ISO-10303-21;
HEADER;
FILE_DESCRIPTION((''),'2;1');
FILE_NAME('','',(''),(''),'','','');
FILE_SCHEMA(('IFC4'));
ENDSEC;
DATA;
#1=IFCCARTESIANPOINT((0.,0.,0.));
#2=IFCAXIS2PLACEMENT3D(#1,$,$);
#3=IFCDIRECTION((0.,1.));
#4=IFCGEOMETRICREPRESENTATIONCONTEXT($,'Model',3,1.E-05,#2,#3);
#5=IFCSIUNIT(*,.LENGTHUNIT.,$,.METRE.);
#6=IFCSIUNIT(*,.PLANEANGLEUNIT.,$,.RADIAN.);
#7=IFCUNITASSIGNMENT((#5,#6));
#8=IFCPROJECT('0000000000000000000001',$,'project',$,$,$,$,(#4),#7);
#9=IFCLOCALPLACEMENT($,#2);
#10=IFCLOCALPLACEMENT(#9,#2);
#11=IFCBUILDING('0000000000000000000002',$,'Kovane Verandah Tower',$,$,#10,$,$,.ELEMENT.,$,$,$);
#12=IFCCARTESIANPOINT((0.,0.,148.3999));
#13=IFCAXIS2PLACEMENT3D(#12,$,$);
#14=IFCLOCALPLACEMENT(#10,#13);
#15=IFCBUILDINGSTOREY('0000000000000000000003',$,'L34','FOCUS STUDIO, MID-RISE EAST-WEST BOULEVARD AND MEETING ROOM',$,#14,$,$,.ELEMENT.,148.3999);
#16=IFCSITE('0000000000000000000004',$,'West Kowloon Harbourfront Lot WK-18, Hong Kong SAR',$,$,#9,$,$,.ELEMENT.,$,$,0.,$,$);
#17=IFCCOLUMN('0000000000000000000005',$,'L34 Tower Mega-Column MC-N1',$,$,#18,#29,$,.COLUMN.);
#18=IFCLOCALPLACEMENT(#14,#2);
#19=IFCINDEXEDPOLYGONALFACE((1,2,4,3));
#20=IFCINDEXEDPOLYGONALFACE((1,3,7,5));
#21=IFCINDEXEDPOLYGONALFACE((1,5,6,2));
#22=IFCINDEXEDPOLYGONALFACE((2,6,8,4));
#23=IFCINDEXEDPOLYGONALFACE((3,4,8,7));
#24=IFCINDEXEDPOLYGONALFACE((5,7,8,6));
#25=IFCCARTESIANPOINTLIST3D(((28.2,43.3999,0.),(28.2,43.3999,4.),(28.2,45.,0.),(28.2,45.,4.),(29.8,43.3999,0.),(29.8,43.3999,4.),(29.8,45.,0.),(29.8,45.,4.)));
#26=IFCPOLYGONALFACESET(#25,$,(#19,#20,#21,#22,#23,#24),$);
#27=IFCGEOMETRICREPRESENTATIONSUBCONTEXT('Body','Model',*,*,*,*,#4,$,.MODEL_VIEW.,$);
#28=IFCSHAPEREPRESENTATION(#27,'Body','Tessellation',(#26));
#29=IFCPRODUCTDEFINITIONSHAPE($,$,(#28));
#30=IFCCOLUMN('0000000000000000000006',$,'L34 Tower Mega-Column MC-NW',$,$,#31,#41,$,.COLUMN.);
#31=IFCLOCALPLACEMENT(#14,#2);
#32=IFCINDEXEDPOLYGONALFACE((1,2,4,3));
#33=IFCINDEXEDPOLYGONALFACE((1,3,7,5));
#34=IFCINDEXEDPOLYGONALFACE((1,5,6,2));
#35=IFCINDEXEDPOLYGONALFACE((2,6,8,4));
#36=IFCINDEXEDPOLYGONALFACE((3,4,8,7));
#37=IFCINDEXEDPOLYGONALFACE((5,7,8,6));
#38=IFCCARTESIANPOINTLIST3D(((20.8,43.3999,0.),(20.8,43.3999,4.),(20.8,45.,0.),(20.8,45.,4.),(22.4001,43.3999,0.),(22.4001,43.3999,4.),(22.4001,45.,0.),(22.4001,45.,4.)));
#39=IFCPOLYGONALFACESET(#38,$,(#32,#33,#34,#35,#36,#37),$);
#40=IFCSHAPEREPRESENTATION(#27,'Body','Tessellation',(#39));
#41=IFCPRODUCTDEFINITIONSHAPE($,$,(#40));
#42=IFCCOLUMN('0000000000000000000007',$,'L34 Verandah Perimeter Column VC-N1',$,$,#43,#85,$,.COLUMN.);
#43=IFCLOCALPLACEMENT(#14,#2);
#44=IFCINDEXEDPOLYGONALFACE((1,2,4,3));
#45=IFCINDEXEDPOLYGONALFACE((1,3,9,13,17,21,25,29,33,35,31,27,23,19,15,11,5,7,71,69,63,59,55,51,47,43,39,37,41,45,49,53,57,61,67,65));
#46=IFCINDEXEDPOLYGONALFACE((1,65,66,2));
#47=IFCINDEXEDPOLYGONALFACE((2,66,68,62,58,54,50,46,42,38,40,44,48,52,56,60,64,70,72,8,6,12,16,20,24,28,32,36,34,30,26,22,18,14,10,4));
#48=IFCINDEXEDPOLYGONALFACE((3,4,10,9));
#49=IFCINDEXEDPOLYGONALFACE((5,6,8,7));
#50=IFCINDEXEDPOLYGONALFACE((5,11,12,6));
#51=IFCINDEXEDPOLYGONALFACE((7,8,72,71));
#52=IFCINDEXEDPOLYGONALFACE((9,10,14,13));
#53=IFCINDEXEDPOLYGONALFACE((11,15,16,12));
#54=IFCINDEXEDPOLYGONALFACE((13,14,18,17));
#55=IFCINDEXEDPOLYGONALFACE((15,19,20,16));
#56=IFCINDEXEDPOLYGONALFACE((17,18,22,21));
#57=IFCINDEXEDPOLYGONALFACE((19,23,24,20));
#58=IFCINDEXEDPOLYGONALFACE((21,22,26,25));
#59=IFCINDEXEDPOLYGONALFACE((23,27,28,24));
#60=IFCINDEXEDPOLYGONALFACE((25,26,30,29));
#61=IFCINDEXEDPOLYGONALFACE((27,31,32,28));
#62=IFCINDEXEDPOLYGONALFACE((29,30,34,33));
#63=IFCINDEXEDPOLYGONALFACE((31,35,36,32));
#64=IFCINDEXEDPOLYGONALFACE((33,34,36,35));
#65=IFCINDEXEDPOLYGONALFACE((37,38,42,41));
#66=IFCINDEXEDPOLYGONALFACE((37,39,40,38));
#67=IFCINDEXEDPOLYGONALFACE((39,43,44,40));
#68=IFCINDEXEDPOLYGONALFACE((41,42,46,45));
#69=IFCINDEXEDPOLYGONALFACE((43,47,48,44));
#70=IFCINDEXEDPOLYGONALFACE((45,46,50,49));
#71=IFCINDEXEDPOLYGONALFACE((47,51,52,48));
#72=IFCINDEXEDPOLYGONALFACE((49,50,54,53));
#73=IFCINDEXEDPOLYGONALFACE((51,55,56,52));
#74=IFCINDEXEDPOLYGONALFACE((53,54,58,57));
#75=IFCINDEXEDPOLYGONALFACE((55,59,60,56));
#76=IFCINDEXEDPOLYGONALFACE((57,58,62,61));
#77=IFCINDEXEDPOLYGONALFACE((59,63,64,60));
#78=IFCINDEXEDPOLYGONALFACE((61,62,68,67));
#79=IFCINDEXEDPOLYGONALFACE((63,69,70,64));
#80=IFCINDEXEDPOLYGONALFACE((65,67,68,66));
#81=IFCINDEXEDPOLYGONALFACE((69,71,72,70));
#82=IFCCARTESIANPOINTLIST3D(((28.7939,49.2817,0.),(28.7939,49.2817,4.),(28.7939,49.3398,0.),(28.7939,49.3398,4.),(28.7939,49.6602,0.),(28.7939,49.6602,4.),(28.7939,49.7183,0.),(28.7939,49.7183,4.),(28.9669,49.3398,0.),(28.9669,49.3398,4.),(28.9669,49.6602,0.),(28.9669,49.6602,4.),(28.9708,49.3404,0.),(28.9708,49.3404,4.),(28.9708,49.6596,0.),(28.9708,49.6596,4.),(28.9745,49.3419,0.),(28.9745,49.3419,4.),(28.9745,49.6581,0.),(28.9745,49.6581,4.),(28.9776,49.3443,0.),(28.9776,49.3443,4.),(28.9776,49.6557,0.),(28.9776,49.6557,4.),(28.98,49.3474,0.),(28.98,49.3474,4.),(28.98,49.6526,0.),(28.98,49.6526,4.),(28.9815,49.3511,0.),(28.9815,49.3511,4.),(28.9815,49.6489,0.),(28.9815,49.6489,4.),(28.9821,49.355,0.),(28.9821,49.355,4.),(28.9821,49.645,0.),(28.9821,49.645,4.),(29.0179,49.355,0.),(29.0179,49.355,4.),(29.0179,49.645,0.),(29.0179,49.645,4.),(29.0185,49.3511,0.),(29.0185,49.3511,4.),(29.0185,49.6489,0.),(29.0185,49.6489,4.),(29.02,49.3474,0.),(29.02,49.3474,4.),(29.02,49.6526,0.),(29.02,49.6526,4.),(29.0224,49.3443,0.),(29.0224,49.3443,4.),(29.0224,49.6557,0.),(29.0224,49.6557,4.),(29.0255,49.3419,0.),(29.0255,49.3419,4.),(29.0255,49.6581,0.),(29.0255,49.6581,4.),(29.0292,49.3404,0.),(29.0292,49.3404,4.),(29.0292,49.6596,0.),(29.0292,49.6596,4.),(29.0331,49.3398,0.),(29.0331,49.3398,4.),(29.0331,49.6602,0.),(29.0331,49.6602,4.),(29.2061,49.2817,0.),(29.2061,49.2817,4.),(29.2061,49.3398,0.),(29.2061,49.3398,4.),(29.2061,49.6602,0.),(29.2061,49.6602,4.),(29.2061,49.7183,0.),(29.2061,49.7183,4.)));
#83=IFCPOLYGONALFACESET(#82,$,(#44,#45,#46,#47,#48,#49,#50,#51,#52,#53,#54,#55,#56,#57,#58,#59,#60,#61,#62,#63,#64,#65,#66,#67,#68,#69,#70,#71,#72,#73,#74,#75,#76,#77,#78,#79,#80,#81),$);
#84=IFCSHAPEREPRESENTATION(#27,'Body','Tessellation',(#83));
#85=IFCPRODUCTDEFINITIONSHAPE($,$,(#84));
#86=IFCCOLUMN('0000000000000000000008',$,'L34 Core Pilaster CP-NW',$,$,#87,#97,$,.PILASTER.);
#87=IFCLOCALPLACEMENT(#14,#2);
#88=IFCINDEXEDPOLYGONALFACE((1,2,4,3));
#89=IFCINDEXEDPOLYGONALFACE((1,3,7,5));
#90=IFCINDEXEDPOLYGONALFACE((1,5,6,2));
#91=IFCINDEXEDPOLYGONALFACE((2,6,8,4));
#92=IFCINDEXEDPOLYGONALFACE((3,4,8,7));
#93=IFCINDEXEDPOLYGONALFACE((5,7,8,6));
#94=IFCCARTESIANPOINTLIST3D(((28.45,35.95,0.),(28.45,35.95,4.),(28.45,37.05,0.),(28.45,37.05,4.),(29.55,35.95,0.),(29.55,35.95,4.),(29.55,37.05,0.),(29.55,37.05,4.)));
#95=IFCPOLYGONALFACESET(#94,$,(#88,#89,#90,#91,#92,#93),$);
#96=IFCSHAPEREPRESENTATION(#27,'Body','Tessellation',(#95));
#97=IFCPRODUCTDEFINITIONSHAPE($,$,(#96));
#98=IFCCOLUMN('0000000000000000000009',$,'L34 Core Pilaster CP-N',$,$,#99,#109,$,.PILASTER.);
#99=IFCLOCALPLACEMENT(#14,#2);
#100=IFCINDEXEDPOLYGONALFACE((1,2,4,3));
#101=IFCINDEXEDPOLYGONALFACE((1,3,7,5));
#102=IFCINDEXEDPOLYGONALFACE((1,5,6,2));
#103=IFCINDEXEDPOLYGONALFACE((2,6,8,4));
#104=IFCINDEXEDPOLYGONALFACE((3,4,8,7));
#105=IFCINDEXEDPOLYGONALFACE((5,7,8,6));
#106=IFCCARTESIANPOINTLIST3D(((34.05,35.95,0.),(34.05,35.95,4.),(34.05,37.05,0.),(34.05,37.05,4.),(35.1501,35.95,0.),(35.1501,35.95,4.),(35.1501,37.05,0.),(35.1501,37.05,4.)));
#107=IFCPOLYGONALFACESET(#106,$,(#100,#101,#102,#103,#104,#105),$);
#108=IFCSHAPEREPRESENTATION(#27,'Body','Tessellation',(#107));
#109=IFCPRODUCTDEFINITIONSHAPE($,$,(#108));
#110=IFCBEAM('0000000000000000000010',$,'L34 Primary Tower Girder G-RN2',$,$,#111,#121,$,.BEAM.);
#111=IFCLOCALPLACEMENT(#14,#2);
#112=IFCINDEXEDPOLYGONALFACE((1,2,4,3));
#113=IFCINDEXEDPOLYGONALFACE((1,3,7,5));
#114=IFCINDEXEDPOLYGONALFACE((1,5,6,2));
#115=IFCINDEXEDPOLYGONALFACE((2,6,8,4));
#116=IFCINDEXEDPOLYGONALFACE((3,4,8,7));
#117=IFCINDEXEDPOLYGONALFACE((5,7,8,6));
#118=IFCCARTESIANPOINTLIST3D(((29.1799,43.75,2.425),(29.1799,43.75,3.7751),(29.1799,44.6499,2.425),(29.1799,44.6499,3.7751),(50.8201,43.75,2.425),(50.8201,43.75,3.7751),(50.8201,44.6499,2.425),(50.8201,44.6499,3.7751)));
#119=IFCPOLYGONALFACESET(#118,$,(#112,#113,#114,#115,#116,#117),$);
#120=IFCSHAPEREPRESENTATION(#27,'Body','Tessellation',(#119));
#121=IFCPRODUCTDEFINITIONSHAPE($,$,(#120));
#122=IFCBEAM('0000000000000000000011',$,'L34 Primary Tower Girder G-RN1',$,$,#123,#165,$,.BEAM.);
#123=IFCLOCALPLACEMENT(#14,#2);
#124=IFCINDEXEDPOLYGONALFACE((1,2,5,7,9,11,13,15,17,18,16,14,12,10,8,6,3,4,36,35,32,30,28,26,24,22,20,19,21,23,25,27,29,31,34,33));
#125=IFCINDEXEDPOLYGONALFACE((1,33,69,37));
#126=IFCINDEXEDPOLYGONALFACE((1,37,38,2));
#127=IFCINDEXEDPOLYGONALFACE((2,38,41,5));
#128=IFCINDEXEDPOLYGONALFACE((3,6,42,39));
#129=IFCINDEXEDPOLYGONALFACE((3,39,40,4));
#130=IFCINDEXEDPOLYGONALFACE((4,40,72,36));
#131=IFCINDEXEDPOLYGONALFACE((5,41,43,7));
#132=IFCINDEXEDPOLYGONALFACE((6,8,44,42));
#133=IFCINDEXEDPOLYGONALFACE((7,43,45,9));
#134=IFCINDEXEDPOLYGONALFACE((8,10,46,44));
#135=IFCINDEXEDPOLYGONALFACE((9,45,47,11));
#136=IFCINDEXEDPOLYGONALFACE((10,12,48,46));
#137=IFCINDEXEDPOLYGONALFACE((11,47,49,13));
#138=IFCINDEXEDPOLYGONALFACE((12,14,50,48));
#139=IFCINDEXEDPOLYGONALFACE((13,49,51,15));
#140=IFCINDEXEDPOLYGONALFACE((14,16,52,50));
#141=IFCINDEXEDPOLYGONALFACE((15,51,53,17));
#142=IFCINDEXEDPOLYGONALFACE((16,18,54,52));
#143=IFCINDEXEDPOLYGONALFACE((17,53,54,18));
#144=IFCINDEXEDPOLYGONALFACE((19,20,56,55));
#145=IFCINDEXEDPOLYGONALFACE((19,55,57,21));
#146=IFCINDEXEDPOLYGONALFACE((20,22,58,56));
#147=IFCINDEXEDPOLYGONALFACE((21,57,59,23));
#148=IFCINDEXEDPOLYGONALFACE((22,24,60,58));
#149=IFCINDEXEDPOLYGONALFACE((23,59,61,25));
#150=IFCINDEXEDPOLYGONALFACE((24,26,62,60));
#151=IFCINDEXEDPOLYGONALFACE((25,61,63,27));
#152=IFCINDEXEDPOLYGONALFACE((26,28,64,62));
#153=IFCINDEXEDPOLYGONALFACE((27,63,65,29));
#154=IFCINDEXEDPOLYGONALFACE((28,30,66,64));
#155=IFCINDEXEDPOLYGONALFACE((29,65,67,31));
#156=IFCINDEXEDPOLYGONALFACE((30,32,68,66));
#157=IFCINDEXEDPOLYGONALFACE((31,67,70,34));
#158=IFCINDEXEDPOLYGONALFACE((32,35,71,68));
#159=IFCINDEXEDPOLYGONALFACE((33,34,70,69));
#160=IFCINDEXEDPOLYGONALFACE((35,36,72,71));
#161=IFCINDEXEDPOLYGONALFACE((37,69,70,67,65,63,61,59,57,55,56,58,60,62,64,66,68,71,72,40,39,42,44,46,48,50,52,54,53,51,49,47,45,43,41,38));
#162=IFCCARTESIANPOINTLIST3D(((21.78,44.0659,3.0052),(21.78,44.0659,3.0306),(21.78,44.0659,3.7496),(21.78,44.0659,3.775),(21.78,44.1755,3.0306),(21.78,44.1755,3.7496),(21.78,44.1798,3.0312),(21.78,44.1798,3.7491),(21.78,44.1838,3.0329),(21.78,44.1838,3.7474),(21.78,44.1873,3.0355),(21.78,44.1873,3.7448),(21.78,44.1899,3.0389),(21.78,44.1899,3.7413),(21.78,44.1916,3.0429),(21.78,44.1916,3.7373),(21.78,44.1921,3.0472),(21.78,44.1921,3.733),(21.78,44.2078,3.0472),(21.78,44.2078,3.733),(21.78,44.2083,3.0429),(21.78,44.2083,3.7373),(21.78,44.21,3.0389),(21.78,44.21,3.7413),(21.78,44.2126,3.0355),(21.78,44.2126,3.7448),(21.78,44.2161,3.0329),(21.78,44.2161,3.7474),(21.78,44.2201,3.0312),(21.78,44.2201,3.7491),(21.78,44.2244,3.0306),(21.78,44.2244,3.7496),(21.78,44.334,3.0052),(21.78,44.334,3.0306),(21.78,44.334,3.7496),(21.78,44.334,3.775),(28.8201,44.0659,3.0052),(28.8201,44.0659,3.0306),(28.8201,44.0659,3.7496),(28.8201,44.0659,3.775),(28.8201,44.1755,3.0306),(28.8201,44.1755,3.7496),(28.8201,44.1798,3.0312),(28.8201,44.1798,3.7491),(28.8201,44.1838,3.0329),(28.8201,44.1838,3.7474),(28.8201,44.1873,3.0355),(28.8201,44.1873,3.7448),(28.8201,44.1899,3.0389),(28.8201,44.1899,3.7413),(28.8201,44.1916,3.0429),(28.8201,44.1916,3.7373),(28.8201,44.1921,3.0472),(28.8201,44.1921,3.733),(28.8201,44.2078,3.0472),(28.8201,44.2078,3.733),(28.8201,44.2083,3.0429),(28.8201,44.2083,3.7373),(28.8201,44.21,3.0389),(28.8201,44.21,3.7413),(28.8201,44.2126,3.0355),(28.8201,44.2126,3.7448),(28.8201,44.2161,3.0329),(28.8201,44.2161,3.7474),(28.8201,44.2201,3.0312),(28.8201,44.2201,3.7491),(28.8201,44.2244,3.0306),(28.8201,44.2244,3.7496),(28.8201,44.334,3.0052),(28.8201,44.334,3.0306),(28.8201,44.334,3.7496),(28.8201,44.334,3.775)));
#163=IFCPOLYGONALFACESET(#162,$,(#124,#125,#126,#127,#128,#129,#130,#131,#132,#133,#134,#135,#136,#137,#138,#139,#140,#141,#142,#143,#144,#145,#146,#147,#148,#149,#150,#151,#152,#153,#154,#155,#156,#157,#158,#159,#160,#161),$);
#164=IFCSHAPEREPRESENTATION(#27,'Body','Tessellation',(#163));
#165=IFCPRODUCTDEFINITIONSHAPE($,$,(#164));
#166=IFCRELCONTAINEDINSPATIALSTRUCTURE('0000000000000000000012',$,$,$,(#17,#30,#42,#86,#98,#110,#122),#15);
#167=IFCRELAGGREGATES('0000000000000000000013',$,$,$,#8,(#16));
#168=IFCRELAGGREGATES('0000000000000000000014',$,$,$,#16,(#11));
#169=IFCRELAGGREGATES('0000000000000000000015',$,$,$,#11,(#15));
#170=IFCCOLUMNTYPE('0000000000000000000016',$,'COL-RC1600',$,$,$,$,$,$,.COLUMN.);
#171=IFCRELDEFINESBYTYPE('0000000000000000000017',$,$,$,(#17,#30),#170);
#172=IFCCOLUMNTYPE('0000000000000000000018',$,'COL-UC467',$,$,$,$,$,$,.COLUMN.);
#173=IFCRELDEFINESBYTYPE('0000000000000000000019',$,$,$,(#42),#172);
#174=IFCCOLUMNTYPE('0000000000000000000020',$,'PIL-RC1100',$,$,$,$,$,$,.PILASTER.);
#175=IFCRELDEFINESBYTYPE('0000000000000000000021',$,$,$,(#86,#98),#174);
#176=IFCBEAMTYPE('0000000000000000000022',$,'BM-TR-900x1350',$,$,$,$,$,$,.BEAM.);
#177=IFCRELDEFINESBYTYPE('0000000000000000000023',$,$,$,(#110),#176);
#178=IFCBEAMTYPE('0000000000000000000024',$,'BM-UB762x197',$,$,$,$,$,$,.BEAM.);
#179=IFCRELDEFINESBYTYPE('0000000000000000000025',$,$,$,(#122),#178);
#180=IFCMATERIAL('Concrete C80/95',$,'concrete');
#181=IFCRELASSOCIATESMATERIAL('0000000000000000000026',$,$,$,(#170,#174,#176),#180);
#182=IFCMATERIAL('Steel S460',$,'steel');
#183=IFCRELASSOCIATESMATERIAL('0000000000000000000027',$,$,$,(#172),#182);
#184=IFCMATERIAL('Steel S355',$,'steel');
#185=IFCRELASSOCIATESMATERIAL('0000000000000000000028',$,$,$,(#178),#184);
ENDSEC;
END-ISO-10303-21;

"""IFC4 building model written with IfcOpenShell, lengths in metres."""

from ifc_helpers import new_model, si_unit, direction, frame, origin, origin_2d, place, context, subcontext, project, spatial, rectangle, i_section, extrude, material, material_profile, profile_set, type_object, element, save


model = new_model("IFC4")

# Units and contexts
model_context = context("Model", 3, precision=1e-05, world=origin(), true_north=direction((0.0, 1.0)))
body_context = subcontext(model_context, "Body", "Model", "MODEL_VIEW")
ifc_project = project(units=[si_unit("LENGTHUNIT", "METRE"), si_unit("PLANEANGLEUNIT", "RADIAN")], contexts=[model_context])

# Site, building, storey
site_placement = place(None, origin())
site = spatial("IfcSite", under=ifc_project, at=site_placement, Name="West Kowloon Harbourfront Lot WK-18, Hong Kong SAR", CompositionType="ELEMENT", RefElevation=0.0)
building_placement = place(site_placement, origin())
building = spatial("IfcBuilding", under=site, at=building_placement, Name="Kovane Verandah Tower", CompositionType="ELEMENT")
storey_placement = place(building_placement, frame((0.0, 0.0, 148.3999)))
storey = spatial("IfcBuildingStorey", under=building, at=storey_placement, Name="L34", Description="FOCUS STUDIO, MID-RISE EAST-WEST BOULEVARD AND MEETING ROOM", CompositionType="ELEMENT", Elevation=148.3999)

# Columns
ifc_material_1 = material(Name="Concrete C80/95", Category="concrete")
ifc_material_profile_1 = material_profile(ifc_material_1, rectangle(XDim=1.6001, YDim=1.6001, at=origin_2d()), Name="RC1600x1600")
ifc_profile_set_1 = profile_set([ifc_material_profile_1], Name="Concrete C80/95")
column_type_1 = type_object("IfcColumnType", Name="COL-RC1600", PredefinedType="COLUMN", material=ifc_profile_set_1)
for number, where, z_axis, x_axis, name in (
    (1, (29.0, 44.2, 0.0), (0.0, 0.0, 1.0), (1.0, 0.0, 0.0), "L34 Tower Mega-Column MC-N1"),
    (2, (21.6001, 44.2, 0.0), (0.0, 0.0, 1.0), (1.0, 0.0, 0.0), "L34 Tower Mega-Column MC-NW"),
):
    element("IfcColumn", number, at=place(storey_placement, frame(where, z_axis=z_axis, x_axis=x_axis)), inside=storey, type_object=column_type_1, Name=name, PredefinedType="COLUMN", context=body_context, shape_type="SweptSolid", body=[
        extrude(rectangle(XDim=1.6001, YDim=1.6001, at=origin_2d()), origin(), (0.0, 0.0, 1.0), 4.0),
    ])
ifc_material_2 = material(Name="Steel S460", Category="steel")
ifc_material_profile_2 = material_profile(ifc_material_2, i_section(OverallWidth=0.4121, OverallDepth=0.4365, WebThickness=0.0359, FlangeThickness=0.0581, FilletRadius=0.0151, at=origin_2d()), Name="UC356x406x467")
ifc_profile_set_2 = profile_set([ifc_material_profile_2], Name="Steel S460")
column_type_2 = type_object("IfcColumnType", Name="COL-UC467", PredefinedType="COLUMN", material=ifc_profile_set_2)
column_placement = place(storey_placement, frame((29.0, 49.5, 0.0), z_axis=(0.0, 0.0, 1.0), x_axis=(1.0, 0.0, 0.0)))
element("IfcColumn", 3, at=column_placement, inside=storey, type_object=column_type_2, Name="L34 Verandah Perimeter Column VC-N1", PredefinedType="COLUMN", context=body_context, shape_type="SweptSolid", body=[
    extrude(i_section(OverallWidth=0.4121, OverallDepth=0.4365, WebThickness=0.0359, FlangeThickness=0.0581, FilletRadius=0.0151, at=origin_2d()), origin(), (0.0, 0.0, 1.0), 4.0),
])
ifc_material_profile_3 = material_profile(ifc_material_1, rectangle(XDim=1.1001, YDim=1.1001, at=origin_2d()), Name="RC1100x1100")
ifc_profile_set_3 = profile_set([ifc_material_profile_3], Name="Concrete C80/95")
column_type_3 = type_object("IfcColumnType", Name="PIL-RC1100", PredefinedType="PILASTER", material=ifc_profile_set_3)
for number, where, z_axis, x_axis, name in (
    (4, (29.0, 36.5, 0.0), (0.0, 0.0, 1.0), (1.0, 0.0, 0.0), "L34 Core Pilaster CP-NW"),
    (5, (34.6001, 36.5, 0.0), (0.0, 0.0, 1.0), (1.0, 0.0, 0.0), "L34 Core Pilaster CP-N"),
):
    element("IfcColumn", number, at=place(storey_placement, frame(where, z_axis=z_axis, x_axis=x_axis)), inside=storey, type_object=column_type_3, Name=name, PredefinedType="PILASTER", context=body_context, shape_type="SweptSolid", body=[
        extrude(rectangle(XDim=1.1001, YDim=1.1001, at=origin_2d()), origin(), (0.0, 0.0, 1.0), 4.0),
    ])

# Beams
ifc_material_profile_4 = material_profile(ifc_material_1, rectangle(XDim=0.8999, YDim=1.3501, at=origin_2d()), Name="RCB900x1350")
ifc_profile_set_4 = profile_set([ifc_material_profile_4], Name="Concrete C80/95")
beam_type_1 = type_object("IfcBeamType", Name="BM-TR-900x1350", PredefinedType="BEAM", material=ifc_profile_set_4)
beam_1_placement = place(storey_placement, frame((29.1799, 44.2, 3.1001), z_axis=(1.0, 0.0, 0.0), x_axis=(0.0, 1.0, 0.0)))
element("IfcBeam", 6, at=beam_1_placement, inside=storey, type_object=beam_type_1, Name="L34 Primary Tower Girder G-RN2", PredefinedType="BEAM", context=body_context, shape_type="SweptSolid", body=[
    extrude(rectangle(XDim=0.8999, YDim=1.3501, at=origin_2d()), origin(), (0.0, 0.0, 1.0), 21.6401),
])
ifc_material_3 = material(Name="Steel S355", Category="steel")
ifc_material_profile_5 = material_profile(ifc_material_3, i_section(OverallWidth=0.2681, OverallDepth=0.7698, WebThickness=0.0156, FlangeThickness=0.0254, FilletRadius=0.0166, at=origin_2d()), Name="UB762x267x197")
ifc_profile_set_5 = profile_set([ifc_material_profile_5], Name="Steel S355")
beam_type_2 = type_object("IfcBeamType", Name="BM-UB762x197", PredefinedType="BEAM", material=ifc_profile_set_5)
beam_2_placement = place(storey_placement, frame((21.78, 44.2, 3.3901), z_axis=(1.0, 0.0, 0.0), x_axis=(0.0, 1.0, 0.0)))
element("IfcBeam", 7, at=beam_2_placement, inside=storey, type_object=beam_type_2, Name="L34 Primary Tower Girder G-RN1", PredefinedType="BEAM", context=body_context, shape_type="SweptSolid", body=[
    extrude(i_section(OverallWidth=0.2681, OverallDepth=0.7698, WebThickness=0.0156, FlangeThickness=0.0254, FilletRadius=0.0166, at=origin_2d()), origin(), (0.0, 0.0, 1.0), 7.04),
])

save(model, "model.ifc")
